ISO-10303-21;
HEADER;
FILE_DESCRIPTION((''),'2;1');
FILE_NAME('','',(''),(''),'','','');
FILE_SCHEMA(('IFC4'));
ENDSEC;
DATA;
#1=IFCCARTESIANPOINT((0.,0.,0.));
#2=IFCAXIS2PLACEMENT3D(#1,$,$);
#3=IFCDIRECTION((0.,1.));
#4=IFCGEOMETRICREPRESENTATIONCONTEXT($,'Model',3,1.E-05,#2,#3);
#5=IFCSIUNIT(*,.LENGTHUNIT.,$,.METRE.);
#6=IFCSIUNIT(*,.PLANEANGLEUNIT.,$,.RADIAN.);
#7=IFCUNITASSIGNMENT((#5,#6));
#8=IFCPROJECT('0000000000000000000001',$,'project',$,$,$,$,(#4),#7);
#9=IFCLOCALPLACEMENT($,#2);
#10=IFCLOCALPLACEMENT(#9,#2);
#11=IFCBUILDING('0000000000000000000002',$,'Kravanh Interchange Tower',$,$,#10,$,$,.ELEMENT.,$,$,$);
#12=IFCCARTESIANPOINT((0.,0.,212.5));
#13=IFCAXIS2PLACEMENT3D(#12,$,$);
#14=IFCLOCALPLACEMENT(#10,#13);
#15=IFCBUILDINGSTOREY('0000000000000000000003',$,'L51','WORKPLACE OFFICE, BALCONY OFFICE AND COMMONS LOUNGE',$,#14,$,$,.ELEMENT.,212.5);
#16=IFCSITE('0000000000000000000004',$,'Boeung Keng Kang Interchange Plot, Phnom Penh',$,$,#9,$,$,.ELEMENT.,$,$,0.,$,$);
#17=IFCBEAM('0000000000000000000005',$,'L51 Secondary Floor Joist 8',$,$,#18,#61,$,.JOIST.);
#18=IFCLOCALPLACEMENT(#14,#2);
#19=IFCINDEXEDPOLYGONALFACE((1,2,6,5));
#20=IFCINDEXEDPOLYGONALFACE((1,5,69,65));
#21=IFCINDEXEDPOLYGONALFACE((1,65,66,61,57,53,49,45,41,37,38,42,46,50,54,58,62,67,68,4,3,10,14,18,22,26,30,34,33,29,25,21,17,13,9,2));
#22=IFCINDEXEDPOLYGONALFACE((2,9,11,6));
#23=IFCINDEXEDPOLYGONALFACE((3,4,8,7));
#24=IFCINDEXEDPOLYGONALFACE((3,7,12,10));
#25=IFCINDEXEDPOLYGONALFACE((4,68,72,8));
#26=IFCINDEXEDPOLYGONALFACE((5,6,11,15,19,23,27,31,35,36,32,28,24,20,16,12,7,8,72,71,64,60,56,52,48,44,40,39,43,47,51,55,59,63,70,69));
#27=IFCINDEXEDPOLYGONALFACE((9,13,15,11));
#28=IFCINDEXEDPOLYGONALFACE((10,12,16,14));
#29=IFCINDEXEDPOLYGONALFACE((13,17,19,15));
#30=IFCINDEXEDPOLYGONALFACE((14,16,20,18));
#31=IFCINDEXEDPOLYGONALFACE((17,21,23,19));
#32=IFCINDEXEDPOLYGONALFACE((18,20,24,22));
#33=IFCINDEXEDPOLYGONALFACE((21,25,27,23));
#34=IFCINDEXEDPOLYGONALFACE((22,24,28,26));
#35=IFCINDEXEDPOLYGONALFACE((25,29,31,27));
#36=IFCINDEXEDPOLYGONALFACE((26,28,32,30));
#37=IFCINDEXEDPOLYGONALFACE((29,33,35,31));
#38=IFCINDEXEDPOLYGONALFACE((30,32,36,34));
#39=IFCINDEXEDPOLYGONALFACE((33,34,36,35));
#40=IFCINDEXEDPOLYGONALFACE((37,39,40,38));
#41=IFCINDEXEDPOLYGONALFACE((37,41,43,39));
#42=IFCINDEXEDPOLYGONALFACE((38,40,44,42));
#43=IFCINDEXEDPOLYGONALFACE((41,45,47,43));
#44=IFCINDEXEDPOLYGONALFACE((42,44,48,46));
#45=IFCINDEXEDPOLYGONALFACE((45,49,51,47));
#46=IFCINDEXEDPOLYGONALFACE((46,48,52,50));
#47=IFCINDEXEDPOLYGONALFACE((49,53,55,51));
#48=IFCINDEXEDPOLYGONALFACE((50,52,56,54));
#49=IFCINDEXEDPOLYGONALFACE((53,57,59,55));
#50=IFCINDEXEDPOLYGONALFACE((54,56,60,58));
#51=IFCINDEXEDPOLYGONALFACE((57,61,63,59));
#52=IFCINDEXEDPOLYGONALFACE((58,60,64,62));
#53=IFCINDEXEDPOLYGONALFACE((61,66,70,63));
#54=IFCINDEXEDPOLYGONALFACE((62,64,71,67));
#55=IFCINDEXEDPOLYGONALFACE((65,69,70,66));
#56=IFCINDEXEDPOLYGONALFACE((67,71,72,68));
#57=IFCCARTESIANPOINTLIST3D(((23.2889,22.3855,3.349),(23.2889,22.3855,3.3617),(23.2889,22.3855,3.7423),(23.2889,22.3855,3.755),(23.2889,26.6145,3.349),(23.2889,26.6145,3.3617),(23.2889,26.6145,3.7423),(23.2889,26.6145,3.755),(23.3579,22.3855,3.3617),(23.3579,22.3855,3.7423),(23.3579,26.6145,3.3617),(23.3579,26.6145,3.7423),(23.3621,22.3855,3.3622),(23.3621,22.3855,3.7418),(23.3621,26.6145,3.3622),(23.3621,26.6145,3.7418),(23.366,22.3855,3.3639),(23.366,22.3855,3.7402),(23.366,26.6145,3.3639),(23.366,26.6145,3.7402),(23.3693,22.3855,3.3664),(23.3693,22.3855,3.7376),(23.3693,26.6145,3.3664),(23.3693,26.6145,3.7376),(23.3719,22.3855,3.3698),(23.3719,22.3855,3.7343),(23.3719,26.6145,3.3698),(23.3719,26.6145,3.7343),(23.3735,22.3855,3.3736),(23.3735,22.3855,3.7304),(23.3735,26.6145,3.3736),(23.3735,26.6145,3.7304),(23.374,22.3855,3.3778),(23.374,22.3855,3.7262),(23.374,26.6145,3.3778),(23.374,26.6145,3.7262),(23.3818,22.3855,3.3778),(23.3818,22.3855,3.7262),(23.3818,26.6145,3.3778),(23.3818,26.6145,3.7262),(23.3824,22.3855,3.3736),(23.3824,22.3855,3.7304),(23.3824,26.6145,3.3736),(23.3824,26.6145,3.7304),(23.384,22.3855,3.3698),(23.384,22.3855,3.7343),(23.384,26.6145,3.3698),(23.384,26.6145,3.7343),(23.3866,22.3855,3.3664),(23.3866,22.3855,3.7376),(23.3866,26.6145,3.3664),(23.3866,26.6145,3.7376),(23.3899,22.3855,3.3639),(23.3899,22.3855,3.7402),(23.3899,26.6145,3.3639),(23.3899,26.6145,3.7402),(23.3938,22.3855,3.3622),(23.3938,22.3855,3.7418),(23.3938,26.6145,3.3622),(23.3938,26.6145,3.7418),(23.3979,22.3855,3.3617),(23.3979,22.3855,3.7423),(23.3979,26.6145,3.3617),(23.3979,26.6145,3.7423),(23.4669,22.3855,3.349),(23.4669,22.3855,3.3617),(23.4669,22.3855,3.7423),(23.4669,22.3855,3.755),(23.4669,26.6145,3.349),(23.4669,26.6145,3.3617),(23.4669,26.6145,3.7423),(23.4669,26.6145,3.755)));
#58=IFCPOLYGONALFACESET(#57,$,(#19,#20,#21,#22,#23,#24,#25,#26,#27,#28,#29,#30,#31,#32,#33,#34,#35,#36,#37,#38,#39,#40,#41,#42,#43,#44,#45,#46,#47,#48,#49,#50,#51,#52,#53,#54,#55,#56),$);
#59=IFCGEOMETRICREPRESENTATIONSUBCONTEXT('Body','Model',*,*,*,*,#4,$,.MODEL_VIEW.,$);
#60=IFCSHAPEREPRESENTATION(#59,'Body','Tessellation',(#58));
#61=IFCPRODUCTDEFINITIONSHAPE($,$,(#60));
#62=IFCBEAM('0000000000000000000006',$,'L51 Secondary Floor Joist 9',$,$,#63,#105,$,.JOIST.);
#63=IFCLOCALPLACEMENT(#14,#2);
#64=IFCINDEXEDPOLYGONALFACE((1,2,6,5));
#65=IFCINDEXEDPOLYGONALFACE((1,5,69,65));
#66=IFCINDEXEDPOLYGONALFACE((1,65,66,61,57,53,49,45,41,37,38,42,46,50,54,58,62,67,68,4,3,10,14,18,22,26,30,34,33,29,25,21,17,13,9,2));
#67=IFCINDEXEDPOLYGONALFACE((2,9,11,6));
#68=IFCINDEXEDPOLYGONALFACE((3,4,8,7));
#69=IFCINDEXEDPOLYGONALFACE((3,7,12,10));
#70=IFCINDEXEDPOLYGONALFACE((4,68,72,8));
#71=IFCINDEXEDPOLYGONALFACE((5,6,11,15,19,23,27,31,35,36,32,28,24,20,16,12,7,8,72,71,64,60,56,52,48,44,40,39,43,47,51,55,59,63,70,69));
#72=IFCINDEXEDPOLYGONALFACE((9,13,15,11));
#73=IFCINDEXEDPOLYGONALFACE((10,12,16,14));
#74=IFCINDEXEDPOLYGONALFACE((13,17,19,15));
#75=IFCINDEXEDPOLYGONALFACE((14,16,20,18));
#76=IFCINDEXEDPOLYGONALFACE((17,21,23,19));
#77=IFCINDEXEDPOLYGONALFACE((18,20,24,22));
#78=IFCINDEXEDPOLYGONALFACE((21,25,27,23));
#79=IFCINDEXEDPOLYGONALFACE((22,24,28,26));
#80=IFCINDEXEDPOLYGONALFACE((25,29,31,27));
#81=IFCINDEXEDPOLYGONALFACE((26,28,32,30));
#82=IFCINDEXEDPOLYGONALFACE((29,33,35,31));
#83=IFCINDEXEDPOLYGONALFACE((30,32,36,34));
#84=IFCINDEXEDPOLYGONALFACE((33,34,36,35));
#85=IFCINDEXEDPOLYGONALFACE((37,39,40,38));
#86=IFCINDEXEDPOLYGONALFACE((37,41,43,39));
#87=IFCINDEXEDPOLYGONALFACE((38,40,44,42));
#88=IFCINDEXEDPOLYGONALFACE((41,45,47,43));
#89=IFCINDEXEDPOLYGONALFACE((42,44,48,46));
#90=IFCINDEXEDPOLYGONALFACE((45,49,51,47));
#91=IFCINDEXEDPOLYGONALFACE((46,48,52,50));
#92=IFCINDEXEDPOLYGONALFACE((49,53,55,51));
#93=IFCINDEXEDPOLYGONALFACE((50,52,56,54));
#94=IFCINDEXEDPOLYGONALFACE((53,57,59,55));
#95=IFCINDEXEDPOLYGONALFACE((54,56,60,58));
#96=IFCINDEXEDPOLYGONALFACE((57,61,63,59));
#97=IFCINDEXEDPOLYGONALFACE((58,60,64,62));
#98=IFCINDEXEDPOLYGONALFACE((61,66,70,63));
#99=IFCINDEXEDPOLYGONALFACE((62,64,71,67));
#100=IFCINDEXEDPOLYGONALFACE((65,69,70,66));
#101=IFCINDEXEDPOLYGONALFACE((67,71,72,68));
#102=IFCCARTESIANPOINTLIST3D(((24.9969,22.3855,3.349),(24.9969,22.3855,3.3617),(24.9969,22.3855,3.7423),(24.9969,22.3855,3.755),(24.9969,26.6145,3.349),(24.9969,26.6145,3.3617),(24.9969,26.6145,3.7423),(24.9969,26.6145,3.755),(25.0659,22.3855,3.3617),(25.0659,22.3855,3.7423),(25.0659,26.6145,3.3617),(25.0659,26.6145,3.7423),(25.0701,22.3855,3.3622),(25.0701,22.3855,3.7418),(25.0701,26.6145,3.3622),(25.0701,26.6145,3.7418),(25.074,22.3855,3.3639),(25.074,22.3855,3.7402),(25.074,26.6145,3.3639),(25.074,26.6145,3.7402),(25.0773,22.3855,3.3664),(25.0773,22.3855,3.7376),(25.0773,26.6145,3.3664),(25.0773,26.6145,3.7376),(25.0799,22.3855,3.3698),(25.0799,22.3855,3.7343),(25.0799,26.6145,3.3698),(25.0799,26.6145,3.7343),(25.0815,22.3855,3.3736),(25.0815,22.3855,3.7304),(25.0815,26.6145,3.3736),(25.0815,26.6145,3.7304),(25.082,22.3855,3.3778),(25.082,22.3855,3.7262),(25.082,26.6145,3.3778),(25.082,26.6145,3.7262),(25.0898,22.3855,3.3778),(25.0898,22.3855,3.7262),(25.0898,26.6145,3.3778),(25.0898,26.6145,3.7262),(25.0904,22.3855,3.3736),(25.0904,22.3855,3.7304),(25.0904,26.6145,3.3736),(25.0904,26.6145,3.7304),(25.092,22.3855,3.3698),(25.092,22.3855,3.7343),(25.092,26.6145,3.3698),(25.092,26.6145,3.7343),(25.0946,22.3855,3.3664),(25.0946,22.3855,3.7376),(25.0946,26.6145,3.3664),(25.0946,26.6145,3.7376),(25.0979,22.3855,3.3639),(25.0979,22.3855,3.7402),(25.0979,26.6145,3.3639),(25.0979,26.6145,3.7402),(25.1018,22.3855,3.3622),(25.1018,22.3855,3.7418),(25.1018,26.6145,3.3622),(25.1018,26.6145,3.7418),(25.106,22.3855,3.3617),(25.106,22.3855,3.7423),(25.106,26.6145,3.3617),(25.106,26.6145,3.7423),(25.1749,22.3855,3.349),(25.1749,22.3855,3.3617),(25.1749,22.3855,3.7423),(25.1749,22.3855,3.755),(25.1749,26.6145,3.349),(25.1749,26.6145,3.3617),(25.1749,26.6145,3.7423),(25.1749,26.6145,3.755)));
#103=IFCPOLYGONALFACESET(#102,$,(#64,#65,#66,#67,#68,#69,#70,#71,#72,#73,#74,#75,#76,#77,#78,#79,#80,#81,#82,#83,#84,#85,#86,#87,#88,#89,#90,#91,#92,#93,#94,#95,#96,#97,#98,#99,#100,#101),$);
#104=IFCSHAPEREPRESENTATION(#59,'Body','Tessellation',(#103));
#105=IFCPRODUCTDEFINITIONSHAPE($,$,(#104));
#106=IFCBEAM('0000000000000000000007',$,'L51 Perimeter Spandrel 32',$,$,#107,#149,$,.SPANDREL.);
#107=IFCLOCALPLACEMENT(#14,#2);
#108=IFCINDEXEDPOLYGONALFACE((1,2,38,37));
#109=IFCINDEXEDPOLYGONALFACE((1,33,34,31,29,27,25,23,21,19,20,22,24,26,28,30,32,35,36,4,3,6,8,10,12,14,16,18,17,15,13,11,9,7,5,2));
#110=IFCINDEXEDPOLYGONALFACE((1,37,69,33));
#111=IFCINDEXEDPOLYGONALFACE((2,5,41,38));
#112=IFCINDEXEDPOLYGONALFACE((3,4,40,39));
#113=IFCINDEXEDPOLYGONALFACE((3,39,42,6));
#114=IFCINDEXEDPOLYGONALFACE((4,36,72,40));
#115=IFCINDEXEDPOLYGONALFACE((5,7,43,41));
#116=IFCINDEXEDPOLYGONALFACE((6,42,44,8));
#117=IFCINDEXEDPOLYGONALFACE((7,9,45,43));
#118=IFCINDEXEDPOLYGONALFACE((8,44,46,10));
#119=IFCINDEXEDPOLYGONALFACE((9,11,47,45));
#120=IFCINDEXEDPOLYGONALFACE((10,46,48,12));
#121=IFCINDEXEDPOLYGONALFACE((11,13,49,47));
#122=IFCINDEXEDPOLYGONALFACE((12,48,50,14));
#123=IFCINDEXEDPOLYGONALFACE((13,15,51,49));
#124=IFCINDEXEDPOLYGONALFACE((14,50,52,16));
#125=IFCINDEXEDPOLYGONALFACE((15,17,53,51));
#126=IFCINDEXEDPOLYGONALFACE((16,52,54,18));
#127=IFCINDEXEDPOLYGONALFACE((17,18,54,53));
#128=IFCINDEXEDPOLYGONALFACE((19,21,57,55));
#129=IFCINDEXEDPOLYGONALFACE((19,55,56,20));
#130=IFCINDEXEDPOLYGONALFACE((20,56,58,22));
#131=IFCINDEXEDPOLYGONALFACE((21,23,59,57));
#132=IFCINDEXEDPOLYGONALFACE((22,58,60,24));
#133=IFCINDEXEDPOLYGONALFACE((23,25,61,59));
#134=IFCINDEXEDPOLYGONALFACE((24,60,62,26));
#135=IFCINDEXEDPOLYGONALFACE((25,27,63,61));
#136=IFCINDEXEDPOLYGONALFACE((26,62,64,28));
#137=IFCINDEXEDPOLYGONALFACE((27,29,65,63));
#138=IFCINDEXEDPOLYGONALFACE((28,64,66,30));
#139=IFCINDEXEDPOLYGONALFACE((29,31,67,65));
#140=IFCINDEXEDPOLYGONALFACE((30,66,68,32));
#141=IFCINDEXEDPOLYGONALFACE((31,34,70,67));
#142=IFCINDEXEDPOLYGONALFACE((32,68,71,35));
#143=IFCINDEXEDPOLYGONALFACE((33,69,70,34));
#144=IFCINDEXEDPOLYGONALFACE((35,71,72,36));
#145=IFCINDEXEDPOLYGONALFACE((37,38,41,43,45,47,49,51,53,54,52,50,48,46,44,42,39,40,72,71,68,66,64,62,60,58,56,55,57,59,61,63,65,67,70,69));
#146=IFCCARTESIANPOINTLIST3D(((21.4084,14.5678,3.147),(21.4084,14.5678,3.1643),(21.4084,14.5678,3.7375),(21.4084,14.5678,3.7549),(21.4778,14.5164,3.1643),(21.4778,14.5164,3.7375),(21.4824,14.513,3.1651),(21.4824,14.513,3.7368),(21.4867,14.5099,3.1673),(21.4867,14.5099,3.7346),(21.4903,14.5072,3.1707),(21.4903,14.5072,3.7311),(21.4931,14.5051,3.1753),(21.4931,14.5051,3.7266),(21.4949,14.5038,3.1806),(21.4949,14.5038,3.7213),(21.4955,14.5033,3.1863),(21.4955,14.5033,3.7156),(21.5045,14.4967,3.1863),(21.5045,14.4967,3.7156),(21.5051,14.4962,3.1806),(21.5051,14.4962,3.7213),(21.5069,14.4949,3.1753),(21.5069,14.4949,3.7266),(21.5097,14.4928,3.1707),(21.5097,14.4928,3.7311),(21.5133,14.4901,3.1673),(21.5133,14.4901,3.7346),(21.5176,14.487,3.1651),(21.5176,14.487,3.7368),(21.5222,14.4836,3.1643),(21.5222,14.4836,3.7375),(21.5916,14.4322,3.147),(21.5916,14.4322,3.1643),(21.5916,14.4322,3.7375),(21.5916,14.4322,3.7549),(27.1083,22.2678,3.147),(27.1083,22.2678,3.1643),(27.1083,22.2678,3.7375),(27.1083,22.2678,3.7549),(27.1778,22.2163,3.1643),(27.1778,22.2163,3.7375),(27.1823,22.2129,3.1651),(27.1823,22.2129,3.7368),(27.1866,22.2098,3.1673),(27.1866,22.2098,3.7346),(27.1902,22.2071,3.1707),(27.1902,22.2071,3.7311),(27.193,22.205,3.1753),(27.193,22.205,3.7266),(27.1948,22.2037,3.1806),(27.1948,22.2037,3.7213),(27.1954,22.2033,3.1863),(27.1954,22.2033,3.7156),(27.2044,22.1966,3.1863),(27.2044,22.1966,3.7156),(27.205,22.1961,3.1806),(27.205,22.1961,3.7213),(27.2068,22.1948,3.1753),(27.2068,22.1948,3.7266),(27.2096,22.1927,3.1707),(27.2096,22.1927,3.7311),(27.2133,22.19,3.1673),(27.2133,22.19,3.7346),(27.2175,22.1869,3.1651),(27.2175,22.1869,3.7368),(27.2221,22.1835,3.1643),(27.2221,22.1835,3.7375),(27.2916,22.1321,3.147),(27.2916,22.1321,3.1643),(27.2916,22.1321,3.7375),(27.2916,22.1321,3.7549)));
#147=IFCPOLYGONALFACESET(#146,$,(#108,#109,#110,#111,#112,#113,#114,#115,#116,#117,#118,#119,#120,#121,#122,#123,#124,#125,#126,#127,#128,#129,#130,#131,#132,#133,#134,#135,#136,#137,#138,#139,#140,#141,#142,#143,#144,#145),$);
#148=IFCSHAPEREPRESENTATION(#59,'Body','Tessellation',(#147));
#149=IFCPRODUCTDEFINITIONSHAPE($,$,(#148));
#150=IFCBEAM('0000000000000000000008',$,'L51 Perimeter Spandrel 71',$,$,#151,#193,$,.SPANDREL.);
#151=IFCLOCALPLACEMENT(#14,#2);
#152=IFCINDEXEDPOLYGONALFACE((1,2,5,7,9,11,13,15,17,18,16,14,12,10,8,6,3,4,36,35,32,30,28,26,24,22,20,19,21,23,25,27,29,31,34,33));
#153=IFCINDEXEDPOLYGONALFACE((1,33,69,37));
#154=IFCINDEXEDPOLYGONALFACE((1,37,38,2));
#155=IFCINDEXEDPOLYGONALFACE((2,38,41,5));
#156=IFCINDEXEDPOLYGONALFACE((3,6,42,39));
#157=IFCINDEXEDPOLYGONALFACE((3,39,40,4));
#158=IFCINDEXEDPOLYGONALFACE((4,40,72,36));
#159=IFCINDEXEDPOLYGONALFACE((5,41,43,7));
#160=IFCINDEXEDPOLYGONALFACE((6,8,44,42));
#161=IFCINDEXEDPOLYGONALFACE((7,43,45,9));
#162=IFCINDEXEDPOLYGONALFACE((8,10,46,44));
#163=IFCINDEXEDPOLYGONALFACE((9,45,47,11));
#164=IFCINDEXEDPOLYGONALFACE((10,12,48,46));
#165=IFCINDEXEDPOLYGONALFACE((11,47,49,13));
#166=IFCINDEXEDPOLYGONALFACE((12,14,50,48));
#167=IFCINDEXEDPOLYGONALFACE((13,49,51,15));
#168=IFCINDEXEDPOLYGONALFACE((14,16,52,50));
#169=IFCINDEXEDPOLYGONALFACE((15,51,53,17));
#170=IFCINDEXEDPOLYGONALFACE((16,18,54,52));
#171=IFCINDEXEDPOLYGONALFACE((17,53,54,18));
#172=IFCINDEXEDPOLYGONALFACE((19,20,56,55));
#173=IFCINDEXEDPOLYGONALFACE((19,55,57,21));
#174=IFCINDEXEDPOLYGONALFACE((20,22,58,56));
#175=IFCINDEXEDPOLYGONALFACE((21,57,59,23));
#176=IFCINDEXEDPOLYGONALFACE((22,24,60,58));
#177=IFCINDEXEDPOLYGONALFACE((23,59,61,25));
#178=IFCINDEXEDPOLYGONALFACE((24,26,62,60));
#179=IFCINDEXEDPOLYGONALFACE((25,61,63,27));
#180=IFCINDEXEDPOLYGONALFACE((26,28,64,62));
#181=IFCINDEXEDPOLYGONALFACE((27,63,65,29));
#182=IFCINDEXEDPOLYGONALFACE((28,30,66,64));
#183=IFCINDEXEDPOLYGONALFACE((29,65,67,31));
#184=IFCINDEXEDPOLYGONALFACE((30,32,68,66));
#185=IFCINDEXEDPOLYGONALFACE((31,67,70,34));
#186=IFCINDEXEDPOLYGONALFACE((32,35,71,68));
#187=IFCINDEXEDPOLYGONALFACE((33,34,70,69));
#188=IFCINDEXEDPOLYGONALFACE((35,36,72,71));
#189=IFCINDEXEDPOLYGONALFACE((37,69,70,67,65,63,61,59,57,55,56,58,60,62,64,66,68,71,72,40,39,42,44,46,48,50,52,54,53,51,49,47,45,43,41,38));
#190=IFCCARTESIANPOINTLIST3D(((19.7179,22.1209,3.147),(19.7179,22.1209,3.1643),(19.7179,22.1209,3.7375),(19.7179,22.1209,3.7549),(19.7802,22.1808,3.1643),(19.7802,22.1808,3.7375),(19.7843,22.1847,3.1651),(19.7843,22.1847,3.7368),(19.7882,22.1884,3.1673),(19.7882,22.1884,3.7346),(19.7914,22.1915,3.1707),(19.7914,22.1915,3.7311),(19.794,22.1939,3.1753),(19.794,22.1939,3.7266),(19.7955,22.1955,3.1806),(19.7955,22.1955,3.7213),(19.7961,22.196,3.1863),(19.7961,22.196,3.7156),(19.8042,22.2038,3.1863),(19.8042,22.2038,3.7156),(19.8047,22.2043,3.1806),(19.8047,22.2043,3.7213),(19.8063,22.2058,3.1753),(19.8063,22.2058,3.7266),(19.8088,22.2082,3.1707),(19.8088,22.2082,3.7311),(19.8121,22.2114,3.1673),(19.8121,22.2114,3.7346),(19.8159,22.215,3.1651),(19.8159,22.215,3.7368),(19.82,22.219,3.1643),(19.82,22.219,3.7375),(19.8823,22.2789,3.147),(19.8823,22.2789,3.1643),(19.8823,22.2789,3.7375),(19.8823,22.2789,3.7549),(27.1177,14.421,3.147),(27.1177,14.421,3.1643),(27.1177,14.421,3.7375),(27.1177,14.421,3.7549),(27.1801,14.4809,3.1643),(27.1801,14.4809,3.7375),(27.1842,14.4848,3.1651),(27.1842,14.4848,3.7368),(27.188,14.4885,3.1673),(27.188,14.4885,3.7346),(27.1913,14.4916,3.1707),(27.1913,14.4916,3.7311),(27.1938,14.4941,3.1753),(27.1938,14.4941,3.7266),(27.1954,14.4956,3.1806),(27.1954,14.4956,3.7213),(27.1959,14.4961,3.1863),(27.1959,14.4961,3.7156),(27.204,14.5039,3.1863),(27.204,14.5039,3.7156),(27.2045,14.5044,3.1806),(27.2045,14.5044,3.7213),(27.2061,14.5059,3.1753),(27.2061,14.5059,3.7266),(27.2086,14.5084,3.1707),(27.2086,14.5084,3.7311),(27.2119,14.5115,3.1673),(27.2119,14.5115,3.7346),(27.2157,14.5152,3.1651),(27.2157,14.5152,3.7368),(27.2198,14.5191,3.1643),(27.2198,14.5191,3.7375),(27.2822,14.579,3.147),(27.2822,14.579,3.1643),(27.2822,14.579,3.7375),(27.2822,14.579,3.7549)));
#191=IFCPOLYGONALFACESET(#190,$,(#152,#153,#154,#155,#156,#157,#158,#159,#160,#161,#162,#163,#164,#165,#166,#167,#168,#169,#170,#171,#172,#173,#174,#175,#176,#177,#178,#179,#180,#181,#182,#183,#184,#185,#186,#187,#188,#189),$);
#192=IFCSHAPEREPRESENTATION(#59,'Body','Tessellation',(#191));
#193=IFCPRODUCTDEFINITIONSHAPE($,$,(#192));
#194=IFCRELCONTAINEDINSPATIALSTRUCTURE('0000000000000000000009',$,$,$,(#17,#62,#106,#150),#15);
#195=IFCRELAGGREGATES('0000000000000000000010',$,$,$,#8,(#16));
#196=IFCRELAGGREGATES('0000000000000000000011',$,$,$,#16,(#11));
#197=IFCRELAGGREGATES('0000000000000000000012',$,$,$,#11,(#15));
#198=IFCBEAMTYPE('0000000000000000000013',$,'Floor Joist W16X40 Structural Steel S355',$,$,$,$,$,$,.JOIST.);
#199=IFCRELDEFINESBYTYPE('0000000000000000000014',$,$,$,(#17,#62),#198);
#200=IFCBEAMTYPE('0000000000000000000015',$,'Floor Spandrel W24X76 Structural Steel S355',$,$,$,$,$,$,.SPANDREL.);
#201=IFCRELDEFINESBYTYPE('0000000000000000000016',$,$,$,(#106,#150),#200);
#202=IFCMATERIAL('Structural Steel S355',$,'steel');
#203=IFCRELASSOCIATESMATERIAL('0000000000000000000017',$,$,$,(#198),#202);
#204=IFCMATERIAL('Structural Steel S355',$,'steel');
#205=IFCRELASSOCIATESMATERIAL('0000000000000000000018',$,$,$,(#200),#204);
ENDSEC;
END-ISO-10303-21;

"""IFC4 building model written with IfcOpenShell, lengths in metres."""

from ifc_helpers import new_model, si_unit, direction, frame, origin, origin_2d, place, context, subcontext, project, spatial, i_section, extrude, material, material_profile, profile_set, type_object, element, save


model = new_model("IFC4")

# Units and contexts
model_context = context("Model", 3, precision=1e-05, world=origin(), true_north=direction((0.0, 1.0)))
body_context = subcontext(model_context, "Body", "Model", "MODEL_VIEW")
ifc_project = project(units=[si_unit("LENGTHUNIT", "METRE"), si_unit("PLANEANGLEUNIT", "RADIAN")], contexts=[model_context])

# Site, building, storey
site_placement = place(None, origin())
site = spatial("IfcSite", under=ifc_project, at=site_placement, Name="Boeung Keng Kang Interchange Plot, Phnom Penh", CompositionType="ELEMENT", RefElevation=0.0)
building_placement = place(site_placement, origin())
building = spatial("IfcBuilding", under=site, at=building_placement, Name="Kravanh Interchange Tower", CompositionType="ELEMENT")
storey_placement = place(building_placement, frame((0.0, 0.0, 212.5)))
storey = spatial("IfcBuildingStorey", under=building, at=storey_placement, Name="L51", Description="WORKPLACE OFFICE, BALCONY OFFICE AND COMMONS LOUNGE", CompositionType="ELEMENT", Elevation=212.5)

# Beams
ifc_material_1 = material(Name="Structural Steel S355", Category="steel")
ifc_material_profile_1 = material_profile(ifc_material_1, i_section(OverallWidth=0.178, OverallDepth=0.406, WebThickness=0.0078, FlangeThickness=0.0127, FilletRadius=0.0161, at=origin_2d()), Name="W16X40")
ifc_profile_set_1 = profile_set([ifc_material_profile_1], Name="Structural Steel S355")
beam_type_1 = type_object("IfcBeamType", Name="Floor Joist W16X40 Structural Steel S355", PredefinedType="JOIST", material=ifc_profile_set_1)
for number, where, z_axis, x_axis, name in (
    (1, (23.3779, 22.3855, 3.552), (0.0, 1.0, 0.0), (-1.0, 0.0, 0.0), "L51 Secondary Floor Joist 8"),
    (2, (25.0859, 22.3855, 3.552), (0.0, 1.0, 0.0), (-1.0, 0.0, 0.0), "L51 Secondary Floor Joist 9"),
):
    element("IfcBeam", number, at=place(storey_placement, frame(where, z_axis=z_axis, x_axis=x_axis)), inside=storey, type_object=beam_type_1, Name=name, PredefinedType="JOIST", context=body_context, shape_type="SweptSolid", body=[
        extrude(i_section(OverallWidth=0.178, OverallDepth=0.406, WebThickness=0.0078, FlangeThickness=0.0127, FilletRadius=0.0161, at=origin_2d()), origin(), (0.0, 0.0, 1.0), 4.229),
    ])
ifc_material_2 = material(Name="Structural Steel S355", Category="steel")
ifc_material_profile_2 = material_profile(ifc_material_2, i_section(OverallWidth=0.228, OverallDepth=0.6079, WebThickness=0.0112, FlangeThickness=0.0173, FilletRadius=0.022, at=origin_2d()), Name="W24X76")
ifc_profile_set_2 = profile_set([ifc_material_profile_2], Name="Structural Steel S355")
beam_type_2 = type_object("IfcBeamType", Name="Floor Spandrel W24X76 Structural Steel S355", PredefinedType="SPANDREL", material=ifc_profile_set_2)
beam_1_placement = place(storey_placement, frame((21.5, 14.5, 3.4509), z_axis=(0.594977, 0.803743, 0.0), x_axis=(-0.803743, 0.594977, 0.0)))
element("IfcBeam", 3, at=beam_1_placement, inside=storey, type_object=beam_type_2, Name="L51 Perimeter Spandrel 32", PredefinedType="SPANDREL", context=body_context, shape_type="SweptSolid", body=[
    extrude(i_section(OverallWidth=0.228, OverallDepth=0.6079, WebThickness=0.0112, FlangeThickness=0.0173, FilletRadius=0.022, at=origin_2d()), origin(), (0.0, 0.0, 1.0), 9.5801),
])
beam_2_placement = place(storey_placement, frame((27.2, 14.5, 3.4509), z_axis=(-0.692919, 0.721015, 0.0), x_axis=(-0.721015, -0.692919, 0.0)))
element("IfcBeam", 4, at=beam_2_placement, inside=storey, type_object=beam_type_2, Name="L51 Perimeter Spandrel 71", PredefinedType="SPANDREL", context=body_context, shape_type="SweptSolid", body=[
    extrude(i_section(OverallWidth=0.228, OverallDepth=0.6079, WebThickness=0.0112, FlangeThickness=0.0173, FilletRadius=0.022, at=origin_2d()), origin(), (0.0, 0.0, 1.0), 10.6792),
])

save(model, "model.ifc")
